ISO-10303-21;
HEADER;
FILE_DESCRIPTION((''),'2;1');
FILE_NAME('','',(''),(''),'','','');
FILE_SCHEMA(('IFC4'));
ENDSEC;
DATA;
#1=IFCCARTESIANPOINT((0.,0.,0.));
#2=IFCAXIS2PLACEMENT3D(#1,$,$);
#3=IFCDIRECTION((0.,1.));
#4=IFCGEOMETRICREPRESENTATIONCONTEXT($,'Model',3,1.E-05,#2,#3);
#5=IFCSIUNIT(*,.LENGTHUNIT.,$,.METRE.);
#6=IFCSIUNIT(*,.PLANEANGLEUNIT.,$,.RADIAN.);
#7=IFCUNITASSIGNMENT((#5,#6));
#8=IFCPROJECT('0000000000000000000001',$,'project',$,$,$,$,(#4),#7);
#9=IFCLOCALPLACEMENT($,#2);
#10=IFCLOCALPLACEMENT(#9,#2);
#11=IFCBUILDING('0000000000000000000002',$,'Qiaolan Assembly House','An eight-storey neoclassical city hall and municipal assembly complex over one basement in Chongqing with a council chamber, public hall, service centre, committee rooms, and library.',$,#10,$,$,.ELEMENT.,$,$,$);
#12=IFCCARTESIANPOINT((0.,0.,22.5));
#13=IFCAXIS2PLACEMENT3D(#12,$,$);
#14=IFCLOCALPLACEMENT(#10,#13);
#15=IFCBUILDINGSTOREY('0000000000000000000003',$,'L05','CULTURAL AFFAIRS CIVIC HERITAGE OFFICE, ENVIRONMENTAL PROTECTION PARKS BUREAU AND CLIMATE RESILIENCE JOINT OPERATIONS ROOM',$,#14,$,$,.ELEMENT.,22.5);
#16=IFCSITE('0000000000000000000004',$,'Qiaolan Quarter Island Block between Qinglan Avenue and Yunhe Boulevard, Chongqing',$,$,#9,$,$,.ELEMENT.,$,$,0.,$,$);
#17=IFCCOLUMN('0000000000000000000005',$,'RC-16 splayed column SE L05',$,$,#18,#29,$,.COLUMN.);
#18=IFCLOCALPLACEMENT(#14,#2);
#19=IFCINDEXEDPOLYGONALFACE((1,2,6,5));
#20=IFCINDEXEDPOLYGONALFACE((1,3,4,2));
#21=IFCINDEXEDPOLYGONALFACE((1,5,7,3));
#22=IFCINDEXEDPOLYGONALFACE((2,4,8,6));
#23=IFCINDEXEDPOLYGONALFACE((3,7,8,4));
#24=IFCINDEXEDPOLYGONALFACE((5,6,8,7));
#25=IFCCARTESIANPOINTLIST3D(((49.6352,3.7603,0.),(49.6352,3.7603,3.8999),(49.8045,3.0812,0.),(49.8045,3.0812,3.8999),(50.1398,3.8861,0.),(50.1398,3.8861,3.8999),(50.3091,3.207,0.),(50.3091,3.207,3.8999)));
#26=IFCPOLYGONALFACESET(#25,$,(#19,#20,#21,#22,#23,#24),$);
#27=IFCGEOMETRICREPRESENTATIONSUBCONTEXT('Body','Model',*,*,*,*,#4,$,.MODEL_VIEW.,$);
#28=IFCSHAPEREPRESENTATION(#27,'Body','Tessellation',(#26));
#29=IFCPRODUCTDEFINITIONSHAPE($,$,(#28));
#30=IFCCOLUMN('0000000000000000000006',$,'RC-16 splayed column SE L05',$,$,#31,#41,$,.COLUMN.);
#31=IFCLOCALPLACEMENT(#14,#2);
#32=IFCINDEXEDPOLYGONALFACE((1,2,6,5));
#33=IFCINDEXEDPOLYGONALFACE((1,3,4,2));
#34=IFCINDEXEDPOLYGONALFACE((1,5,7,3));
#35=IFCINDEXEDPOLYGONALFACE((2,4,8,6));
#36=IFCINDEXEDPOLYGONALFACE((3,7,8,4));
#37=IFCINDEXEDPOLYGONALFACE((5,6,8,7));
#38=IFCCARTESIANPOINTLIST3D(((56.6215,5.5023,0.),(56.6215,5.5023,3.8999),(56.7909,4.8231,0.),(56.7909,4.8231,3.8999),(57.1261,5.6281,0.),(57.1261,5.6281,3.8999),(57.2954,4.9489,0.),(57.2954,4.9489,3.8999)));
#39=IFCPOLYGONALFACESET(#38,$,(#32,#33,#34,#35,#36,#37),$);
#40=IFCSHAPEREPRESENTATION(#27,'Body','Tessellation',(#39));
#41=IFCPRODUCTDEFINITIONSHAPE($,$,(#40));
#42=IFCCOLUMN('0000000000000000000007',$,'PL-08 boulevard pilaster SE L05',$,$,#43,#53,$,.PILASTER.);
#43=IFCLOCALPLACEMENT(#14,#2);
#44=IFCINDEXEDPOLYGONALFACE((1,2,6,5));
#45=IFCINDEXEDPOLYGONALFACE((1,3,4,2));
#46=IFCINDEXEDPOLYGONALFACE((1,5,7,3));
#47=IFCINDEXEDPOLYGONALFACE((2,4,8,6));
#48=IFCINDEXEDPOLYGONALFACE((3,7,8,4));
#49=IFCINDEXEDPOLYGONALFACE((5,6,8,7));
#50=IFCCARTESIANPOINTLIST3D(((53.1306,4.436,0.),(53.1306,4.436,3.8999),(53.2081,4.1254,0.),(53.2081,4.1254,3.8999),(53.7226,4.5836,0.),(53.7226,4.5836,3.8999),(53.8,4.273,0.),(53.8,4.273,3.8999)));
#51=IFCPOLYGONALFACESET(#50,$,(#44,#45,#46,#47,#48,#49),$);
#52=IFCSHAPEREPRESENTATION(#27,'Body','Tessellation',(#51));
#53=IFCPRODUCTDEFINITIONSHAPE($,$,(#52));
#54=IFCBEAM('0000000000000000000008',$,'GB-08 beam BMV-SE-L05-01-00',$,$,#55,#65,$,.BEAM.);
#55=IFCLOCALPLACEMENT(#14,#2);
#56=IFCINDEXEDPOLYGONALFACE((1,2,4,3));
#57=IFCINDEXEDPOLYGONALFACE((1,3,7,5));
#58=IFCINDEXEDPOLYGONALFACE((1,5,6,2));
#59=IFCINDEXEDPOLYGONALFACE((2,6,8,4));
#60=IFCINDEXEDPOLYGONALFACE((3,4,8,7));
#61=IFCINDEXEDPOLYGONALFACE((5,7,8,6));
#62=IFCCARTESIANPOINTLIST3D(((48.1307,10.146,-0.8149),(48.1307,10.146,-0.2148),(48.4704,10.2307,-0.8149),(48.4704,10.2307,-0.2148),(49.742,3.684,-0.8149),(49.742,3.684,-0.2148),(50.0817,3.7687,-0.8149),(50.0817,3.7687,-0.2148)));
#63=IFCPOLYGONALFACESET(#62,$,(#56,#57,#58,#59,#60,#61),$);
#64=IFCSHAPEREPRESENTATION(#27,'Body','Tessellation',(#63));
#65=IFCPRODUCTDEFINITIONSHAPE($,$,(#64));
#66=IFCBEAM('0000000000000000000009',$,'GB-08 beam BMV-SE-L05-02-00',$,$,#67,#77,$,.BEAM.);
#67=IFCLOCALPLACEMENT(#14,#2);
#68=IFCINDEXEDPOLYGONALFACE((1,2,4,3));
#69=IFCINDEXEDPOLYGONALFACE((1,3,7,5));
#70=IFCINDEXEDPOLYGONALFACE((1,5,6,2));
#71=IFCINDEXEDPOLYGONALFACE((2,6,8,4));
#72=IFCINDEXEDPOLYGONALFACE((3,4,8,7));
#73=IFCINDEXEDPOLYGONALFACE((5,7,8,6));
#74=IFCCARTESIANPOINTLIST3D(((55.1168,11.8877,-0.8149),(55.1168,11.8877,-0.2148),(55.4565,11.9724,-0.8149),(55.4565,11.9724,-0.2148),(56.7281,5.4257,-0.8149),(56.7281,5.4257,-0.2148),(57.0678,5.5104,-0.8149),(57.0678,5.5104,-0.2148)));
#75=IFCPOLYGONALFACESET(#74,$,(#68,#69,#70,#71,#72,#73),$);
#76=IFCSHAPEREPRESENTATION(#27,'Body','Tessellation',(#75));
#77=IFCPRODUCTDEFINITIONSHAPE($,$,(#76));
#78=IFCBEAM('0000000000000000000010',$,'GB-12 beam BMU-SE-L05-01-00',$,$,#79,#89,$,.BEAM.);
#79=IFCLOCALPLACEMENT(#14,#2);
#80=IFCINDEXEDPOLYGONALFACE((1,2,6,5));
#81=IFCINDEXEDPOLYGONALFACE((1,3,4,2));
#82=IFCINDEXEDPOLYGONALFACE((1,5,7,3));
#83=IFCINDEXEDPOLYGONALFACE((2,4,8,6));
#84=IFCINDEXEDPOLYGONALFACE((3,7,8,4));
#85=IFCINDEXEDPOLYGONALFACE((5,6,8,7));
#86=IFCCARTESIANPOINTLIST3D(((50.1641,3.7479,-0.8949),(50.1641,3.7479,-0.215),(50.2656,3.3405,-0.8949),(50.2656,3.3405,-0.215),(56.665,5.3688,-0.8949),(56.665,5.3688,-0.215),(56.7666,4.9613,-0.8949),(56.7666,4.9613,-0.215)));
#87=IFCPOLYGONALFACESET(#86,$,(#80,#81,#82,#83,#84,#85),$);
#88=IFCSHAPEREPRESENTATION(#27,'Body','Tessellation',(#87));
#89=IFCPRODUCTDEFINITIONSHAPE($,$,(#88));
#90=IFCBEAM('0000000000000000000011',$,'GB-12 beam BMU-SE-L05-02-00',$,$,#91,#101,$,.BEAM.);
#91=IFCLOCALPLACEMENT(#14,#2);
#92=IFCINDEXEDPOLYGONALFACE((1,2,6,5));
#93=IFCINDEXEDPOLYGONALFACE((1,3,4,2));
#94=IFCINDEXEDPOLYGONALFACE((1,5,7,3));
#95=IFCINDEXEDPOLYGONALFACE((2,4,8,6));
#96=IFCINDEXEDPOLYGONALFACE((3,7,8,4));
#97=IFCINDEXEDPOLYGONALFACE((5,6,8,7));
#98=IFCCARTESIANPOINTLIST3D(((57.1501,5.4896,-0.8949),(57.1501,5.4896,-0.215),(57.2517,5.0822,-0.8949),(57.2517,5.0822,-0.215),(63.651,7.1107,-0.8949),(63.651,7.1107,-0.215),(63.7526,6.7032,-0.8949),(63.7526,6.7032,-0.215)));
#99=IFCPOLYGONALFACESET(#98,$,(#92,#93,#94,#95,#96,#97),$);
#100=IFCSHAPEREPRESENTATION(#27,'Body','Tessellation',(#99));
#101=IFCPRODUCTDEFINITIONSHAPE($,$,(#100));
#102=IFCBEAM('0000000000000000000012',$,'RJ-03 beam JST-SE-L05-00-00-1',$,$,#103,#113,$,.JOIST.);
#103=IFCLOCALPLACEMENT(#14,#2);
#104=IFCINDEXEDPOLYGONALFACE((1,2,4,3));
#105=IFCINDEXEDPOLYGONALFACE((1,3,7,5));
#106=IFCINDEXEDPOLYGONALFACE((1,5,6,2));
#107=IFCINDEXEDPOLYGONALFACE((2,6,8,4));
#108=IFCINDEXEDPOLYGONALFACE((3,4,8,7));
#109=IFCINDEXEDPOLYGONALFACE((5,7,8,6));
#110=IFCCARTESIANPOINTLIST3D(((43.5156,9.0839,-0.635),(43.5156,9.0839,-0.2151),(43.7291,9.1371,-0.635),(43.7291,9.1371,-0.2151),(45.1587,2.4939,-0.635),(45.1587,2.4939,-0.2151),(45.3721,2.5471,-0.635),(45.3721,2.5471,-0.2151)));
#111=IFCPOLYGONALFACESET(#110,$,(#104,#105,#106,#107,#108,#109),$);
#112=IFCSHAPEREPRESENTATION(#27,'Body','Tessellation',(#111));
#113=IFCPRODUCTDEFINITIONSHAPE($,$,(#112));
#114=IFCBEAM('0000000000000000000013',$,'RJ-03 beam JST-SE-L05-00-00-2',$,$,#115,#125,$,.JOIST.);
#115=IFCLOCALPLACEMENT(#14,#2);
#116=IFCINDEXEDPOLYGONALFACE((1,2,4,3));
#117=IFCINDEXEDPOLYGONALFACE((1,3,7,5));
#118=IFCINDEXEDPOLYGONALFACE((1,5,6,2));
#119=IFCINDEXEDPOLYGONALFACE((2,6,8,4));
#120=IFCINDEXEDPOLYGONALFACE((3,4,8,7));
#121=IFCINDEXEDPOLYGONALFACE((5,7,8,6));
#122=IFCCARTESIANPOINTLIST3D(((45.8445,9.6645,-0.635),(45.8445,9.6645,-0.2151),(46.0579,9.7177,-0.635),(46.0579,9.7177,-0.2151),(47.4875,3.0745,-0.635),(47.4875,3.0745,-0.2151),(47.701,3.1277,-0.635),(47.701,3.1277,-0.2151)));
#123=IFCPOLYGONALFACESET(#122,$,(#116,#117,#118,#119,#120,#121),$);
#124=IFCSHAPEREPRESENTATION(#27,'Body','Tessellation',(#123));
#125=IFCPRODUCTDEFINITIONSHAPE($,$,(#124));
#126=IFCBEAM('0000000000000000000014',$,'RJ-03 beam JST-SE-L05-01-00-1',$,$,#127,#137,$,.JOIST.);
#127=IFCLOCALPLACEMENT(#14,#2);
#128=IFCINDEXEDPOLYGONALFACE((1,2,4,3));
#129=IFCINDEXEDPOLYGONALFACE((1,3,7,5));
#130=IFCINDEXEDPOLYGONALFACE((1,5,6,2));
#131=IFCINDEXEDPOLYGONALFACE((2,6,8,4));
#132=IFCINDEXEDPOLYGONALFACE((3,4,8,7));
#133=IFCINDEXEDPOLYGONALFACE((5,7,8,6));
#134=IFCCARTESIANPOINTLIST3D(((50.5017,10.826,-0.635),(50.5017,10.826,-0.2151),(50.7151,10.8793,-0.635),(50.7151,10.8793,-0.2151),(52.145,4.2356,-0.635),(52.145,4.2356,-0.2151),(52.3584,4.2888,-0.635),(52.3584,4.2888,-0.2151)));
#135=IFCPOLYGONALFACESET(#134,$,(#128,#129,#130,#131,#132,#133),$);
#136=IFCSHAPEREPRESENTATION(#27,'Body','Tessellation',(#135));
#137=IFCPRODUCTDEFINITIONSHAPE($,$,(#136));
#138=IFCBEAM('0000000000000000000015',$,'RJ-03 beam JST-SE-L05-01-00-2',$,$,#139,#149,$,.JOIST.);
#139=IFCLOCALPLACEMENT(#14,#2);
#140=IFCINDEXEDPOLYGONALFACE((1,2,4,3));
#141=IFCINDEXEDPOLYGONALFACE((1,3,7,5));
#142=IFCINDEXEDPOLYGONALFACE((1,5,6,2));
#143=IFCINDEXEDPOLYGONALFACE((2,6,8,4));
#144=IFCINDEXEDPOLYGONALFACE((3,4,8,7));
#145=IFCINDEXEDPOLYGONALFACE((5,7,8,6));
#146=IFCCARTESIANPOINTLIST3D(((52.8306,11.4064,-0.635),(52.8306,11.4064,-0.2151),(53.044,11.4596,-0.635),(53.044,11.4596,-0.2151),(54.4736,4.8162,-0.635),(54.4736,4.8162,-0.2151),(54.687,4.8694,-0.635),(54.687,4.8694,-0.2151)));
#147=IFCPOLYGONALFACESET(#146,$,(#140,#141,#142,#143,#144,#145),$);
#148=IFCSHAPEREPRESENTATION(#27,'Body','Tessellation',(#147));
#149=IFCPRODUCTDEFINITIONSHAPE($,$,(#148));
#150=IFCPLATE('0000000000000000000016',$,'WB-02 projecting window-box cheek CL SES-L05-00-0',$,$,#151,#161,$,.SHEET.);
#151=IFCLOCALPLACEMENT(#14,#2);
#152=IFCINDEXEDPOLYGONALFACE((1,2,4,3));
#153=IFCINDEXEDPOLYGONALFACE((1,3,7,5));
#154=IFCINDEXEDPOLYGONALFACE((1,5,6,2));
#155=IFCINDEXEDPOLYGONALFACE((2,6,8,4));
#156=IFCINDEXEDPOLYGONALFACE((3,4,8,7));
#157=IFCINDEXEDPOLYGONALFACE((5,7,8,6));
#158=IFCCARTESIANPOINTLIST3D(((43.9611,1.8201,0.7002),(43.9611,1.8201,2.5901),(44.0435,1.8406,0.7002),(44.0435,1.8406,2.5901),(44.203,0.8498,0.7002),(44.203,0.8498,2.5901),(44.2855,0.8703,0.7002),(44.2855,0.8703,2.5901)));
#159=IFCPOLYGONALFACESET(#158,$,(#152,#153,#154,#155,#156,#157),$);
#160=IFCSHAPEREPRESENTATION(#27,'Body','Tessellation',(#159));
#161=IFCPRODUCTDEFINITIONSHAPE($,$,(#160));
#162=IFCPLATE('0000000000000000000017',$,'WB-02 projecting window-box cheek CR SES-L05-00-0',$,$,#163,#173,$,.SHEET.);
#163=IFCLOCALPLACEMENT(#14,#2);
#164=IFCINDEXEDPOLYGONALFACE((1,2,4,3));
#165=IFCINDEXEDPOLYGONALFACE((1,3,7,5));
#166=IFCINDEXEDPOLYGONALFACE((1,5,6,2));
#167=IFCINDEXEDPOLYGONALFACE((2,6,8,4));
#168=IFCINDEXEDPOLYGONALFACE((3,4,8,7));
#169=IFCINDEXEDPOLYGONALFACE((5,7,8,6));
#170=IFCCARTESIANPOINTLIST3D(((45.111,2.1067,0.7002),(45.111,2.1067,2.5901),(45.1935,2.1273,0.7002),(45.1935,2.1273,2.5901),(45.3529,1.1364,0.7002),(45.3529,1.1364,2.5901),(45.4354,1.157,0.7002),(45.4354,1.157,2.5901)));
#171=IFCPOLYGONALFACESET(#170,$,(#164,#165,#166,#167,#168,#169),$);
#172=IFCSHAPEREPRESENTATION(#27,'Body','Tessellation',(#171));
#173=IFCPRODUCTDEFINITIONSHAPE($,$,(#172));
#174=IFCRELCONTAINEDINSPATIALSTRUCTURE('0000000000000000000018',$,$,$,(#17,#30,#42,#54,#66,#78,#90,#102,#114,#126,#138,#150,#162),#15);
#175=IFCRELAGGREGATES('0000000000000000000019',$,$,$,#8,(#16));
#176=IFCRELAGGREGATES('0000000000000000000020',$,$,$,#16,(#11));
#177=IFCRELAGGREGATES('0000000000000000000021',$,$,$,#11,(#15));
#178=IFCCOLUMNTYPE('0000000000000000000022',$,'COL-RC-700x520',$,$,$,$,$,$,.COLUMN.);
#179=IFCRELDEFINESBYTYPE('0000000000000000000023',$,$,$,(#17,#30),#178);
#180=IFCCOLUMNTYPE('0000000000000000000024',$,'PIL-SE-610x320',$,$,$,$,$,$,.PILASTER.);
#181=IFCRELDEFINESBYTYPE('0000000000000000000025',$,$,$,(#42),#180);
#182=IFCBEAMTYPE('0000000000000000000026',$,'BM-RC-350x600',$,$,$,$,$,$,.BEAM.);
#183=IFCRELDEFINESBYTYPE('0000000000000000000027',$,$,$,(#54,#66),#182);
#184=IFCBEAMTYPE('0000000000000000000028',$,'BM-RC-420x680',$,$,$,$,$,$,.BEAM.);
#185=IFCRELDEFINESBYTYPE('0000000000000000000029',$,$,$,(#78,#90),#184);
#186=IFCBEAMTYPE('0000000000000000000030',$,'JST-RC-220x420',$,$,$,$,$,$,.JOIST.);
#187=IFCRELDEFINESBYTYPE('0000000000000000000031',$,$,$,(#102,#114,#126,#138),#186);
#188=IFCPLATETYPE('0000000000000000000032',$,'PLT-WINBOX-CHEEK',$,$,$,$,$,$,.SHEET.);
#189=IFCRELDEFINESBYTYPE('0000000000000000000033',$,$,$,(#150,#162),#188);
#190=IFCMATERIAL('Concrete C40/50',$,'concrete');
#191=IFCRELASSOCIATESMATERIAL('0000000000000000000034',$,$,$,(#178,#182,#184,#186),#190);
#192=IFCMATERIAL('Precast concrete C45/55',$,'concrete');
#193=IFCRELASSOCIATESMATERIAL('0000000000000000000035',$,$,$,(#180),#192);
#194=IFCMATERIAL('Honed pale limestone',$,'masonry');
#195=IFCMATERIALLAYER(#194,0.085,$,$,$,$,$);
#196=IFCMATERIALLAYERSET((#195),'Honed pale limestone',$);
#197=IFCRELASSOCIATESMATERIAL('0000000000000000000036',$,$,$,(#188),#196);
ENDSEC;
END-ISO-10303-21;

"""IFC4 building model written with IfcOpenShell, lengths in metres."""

from ifc_helpers import new_model, si_unit, direction, frame, origin, origin_2d, place, context, subcontext, project, spatial, rectangle, extrude, material, layer, layer_set, material_profile, profile_set, type_object, element, save


model = new_model("IFC4")

# Units and contexts
model_context = context("Model", 3, precision=1e-05, world=origin(), true_north=direction((0.0, 1.0)))
body_context = subcontext(model_context, "Body", "Model", "MODEL_VIEW")
ifc_project = project(units=[si_unit("LENGTHUNIT", "METRE"), si_unit("PLANEANGLEUNIT", "RADIAN")], contexts=[model_context])

# Site, building, storey
site_placement = place(None, origin())
site = spatial("IfcSite", under=ifc_project, at=site_placement, Name="Qiaolan Quarter Island Block between Qinglan Avenue and Yunhe Boulevard, Chongqing", CompositionType="ELEMENT", RefElevation=0.0)
building_placement = place(site_placement, origin())
building = spatial("IfcBuilding", under=site, at=building_placement, Name="Qiaolan Assembly House", Description="An eight-storey neoclassical city hall and municipal assembly complex over one basement in Chongqing with a council chamber, public hall, service centre, committee rooms, and library.", CompositionType="ELEMENT")
storey_placement = place(building_placement, frame((0.0, 0.0, 22.5)))
storey = spatial("IfcBuildingStorey", under=building, at=storey_placement, Name="L05", Description="CULTURAL AFFAIRS CIVIC HERITAGE OFFICE, ENVIRONMENTAL PROTECTION PARKS BUREAU AND CLIMATE RESILIENCE JOINT OPERATIONS ROOM", CompositionType="ELEMENT", Elevation=22.5)

# Columns
ifc_material_1 = material(Name="Concrete C40/50", Category="concrete")
ifc_material_profile_1 = material_profile(ifc_material_1, rectangle(XDim=0.52, YDim=0.7, at=origin_2d()), Name="RC 700x520")
ifc_profile_set_1 = profile_set([ifc_material_profile_1], Name="Concrete C40/50")
column_type_1 = type_object("IfcColumnType", Name="COL-RC-700x520", PredefinedType="COLUMN", material=ifc_profile_set_1)
for number, where, z_axis, x_axis, name in (
    (1, (49.9722, 3.4836, 0.0), (0.0, 0.0, 1.0), (0.970296, 0.241922, 0.0), "RC-16 splayed column SE L05"),
    (2, (56.9585, 5.2256, 0.0), (0.0, 0.0, 1.0), (0.970296, 0.241922, 0.0), "RC-16 splayed column SE L05"),
):
    element("IfcColumn", number, at=place(storey_placement, frame(where, z_axis=z_axis, x_axis=x_axis)), inside=storey, type_object=column_type_1, Name=name, PredefinedType="COLUMN", context=body_context, shape_type="SweptSolid", body=[
        extrude(rectangle(XDim=0.52, YDim=0.7, at=origin_2d()), origin(), (0.0, 0.0, 1.0), 3.8999),
    ])
ifc_material_2 = material(Name="Precast concrete C45/55", Category="concrete")
ifc_material_profile_2 = material_profile(ifc_material_2, rectangle(XDim=0.6101, YDim=0.3201, at=origin_2d()), Name="PIL 610x320")
ifc_profile_set_2 = profile_set([ifc_material_profile_2], Name="Precast concrete C45/55")
column_type_2 = type_object("IfcColumnType", Name="PIL-SE-610x320", PredefinedType="PILASTER", material=ifc_profile_set_2)
column_placement = place(storey_placement, frame((53.4653, 4.3545, 0.0), z_axis=(0.0, 0.0, 1.0), x_axis=(0.970296, 0.241922, 0.0)))
element("IfcColumn", 3, at=column_placement, inside=storey, type_object=column_type_2, Name="PL-08 boulevard pilaster SE L05", PredefinedType="PILASTER", context=body_context, shape_type="SweptSolid", body=[
    extrude(rectangle(XDim=0.6101, YDim=0.3201, at=origin_2d()), origin(), (0.0, 0.0, 1.0), 3.8999),
])

# Beams
ifc_material_profile_3 = material_profile(ifc_material_1, rectangle(XDim=0.3501, YDim=0.6001, at=origin_2d()), Name="RCB 350x600")
ifc_profile_set_3 = profile_set([ifc_material_profile_3], Name="Concrete C40/50")
beam_type_1 = type_object("IfcBeamType", Name="BM-RC-350x600", PredefinedType="BEAM", material=ifc_profile_set_3)
for number, where, z_axis, x_axis, name in (
    (4, (49.9119, 3.7263, -0.5149), (-0.24194, 0.970291, 0.0), (-0.970291, -0.24194, 0.0), "GB-08 beam BMV-SE-L05-01-00"),
    (5, (56.8979, 5.468, -0.5149), (-0.24194, 0.970291, 0.0), (-0.970291, -0.24194, 0.0), "GB-08 beam BMV-SE-L05-02-00"),
):
    element("IfcBeam", number, at=place(storey_placement, frame(where, z_axis=z_axis, x_axis=x_axis)), inside=storey, type_object=beam_type_1, Name=name, PredefinedType="BEAM", context=body_context, shape_type="SweptSolid", body=[
        extrude(rectangle(XDim=0.3501, YDim=0.6001, at=origin_2d()), origin(), (0.0, 0.0, 1.0), 6.6599),
    ])
ifc_material_profile_4 = material_profile(ifc_material_1, rectangle(XDim=0.4199, YDim=0.6799, at=origin_2d()), Name="RCB 420x680")
ifc_profile_set_4 = profile_set([ifc_material_profile_4], Name="Concrete C40/50")
beam_type_2 = type_object("IfcBeamType", Name="BM-RC-420x680", PredefinedType="BEAM", material=ifc_profile_set_4)
for number, where, z_axis, x_axis, name in (
    (6, (50.2148, 3.5442, -0.5549), (0.970297, 0.241918, 0.0), (-0.241918, 0.970297, 0.0), "GB-12 beam BMU-SE-L05-01-00"),
    (7, (57.2009, 5.2859, -0.5549), (0.970288, 0.241953, 0.0), (-0.241953, 0.970288, 0.0), "GB-12 beam BMU-SE-L05-02-00"),
):
    element("IfcBeam", number, at=place(storey_placement, frame(where, z_axis=z_axis, x_axis=x_axis)), inside=storey, type_object=beam_type_2, Name=name, PredefinedType="BEAM", context=body_context, shape_type="SweptSolid", body=[
        extrude(rectangle(XDim=0.4199, YDim=0.6799, at=origin_2d()), origin(), (0.0, 0.0, 1.0), 6.7),
    ])
ifc_material_profile_5 = material_profile(ifc_material_1, rectangle(XDim=0.22, YDim=0.4199, at=origin_2d()), Name="RCB 220x420")
ifc_profile_set_5 = profile_set([ifc_material_profile_5], Name="Concrete C40/50")
beam_type_3 = type_object("IfcBeamType", Name="JST-RC-220x420", PredefinedType="JOIST", material=ifc_profile_set_5)
for number, where, z_axis, x_axis, name in (
    (8, (45.2654, 2.5205, -0.425), (-0.241918, 0.970297, 0.0), (-0.970297, -0.241918, 0.0), "RJ-03 beam JST-SE-L05-00-00-1"),
    (9, (47.5942, 3.1011, -0.425), (-0.241918, 0.970297, 0.0), (-0.970297, -0.241918, 0.0), "RJ-03 beam JST-SE-L05-00-00-2"),
):
    element("IfcBeam", number, at=place(storey_placement, frame(where, z_axis=z_axis, x_axis=x_axis)), inside=storey, type_object=beam_type_3, Name=name, PredefinedType="JOIST", context=body_context, shape_type="SweptSolid", body=[
        extrude(rectangle(XDim=0.22, YDim=0.4199, at=origin_2d()), origin(), (0.0, 0.0, 1.0), 6.7917),
    ])
beam_1_placement = place(storey_placement, frame((52.2517, 4.2622, -0.425), z_axis=(-0.241944, 0.97029, 0.0), x_axis=(-0.97029, -0.241944, 0.0)))
element("IfcBeam", 10, at=beam_1_placement, inside=storey, type_object=beam_type_3, Name="RJ-03 beam JST-SE-L05-01-00-1", PredefinedType="JOIST", context=body_context, shape_type="SweptSolid", body=[
    extrude(rectangle(XDim=0.22, YDim=0.4199, at=origin_2d()), origin(), (0.0, 0.0, 1.0), 6.7922),
])
beam_2_placement = place(storey_placement, frame((54.5803, 4.8428, -0.425), z_axis=(-0.24191, 0.970299, 0.0), x_axis=(-0.970299, -0.24191, 0.0)))
element("IfcBeam", 11, at=beam_2_placement, inside=storey, type_object=beam_type_3, Name="RJ-03 beam JST-SE-L05-01-00-2", PredefinedType="JOIST", context=body_context, shape_type="SweptSolid", body=[
    extrude(rectangle(XDim=0.22, YDim=0.4199, at=origin_2d()), origin(), (0.0, 0.0, 1.0), 6.792),
])

# Plates
ifc_material_3 = material(Name="Honed pale limestone", Category="masonry")
ifc_layer_1 = layer(ifc_material_3, 0.085)
ifc_layer_set_1 = layer_set([ifc_layer_1], Name="Honed pale limestone")
plate_type = type_object("IfcPlateType", Name="PLT-WINBOX-CHEEK", PredefinedType="SHEET", material=ifc_layer_set_1)
for number, where, z_axis, x_axis, name in (
    (12, (44.1233, 1.3452, 0.7002), (0.0, 0.0, 1.0), (0.970296, 0.241922, 0.0), "WB-02 projecting window-box cheek CL SES-L05-00-0"),
    (13, (45.2732, 1.6318, 0.7002), (0.0, 0.0, 1.0), (0.970296, 0.241922, 0.0), "WB-02 projecting window-box cheek CR SES-L05-00-0"),
):
    element("IfcPlate", number, at=place(storey_placement, frame(where, z_axis=z_axis, x_axis=x_axis)), inside=storey, type_object=plate_type, Name=name, PredefinedType="SHEET", context=body_context, shape_type="SweptSolid", body=[
        extrude(rectangle(XDim=0.085, YDim=1.0, at=origin_2d()), origin(), (0.0, 0.0, 1.0), 1.8899),
    ])

save(model, "model.ifc")
